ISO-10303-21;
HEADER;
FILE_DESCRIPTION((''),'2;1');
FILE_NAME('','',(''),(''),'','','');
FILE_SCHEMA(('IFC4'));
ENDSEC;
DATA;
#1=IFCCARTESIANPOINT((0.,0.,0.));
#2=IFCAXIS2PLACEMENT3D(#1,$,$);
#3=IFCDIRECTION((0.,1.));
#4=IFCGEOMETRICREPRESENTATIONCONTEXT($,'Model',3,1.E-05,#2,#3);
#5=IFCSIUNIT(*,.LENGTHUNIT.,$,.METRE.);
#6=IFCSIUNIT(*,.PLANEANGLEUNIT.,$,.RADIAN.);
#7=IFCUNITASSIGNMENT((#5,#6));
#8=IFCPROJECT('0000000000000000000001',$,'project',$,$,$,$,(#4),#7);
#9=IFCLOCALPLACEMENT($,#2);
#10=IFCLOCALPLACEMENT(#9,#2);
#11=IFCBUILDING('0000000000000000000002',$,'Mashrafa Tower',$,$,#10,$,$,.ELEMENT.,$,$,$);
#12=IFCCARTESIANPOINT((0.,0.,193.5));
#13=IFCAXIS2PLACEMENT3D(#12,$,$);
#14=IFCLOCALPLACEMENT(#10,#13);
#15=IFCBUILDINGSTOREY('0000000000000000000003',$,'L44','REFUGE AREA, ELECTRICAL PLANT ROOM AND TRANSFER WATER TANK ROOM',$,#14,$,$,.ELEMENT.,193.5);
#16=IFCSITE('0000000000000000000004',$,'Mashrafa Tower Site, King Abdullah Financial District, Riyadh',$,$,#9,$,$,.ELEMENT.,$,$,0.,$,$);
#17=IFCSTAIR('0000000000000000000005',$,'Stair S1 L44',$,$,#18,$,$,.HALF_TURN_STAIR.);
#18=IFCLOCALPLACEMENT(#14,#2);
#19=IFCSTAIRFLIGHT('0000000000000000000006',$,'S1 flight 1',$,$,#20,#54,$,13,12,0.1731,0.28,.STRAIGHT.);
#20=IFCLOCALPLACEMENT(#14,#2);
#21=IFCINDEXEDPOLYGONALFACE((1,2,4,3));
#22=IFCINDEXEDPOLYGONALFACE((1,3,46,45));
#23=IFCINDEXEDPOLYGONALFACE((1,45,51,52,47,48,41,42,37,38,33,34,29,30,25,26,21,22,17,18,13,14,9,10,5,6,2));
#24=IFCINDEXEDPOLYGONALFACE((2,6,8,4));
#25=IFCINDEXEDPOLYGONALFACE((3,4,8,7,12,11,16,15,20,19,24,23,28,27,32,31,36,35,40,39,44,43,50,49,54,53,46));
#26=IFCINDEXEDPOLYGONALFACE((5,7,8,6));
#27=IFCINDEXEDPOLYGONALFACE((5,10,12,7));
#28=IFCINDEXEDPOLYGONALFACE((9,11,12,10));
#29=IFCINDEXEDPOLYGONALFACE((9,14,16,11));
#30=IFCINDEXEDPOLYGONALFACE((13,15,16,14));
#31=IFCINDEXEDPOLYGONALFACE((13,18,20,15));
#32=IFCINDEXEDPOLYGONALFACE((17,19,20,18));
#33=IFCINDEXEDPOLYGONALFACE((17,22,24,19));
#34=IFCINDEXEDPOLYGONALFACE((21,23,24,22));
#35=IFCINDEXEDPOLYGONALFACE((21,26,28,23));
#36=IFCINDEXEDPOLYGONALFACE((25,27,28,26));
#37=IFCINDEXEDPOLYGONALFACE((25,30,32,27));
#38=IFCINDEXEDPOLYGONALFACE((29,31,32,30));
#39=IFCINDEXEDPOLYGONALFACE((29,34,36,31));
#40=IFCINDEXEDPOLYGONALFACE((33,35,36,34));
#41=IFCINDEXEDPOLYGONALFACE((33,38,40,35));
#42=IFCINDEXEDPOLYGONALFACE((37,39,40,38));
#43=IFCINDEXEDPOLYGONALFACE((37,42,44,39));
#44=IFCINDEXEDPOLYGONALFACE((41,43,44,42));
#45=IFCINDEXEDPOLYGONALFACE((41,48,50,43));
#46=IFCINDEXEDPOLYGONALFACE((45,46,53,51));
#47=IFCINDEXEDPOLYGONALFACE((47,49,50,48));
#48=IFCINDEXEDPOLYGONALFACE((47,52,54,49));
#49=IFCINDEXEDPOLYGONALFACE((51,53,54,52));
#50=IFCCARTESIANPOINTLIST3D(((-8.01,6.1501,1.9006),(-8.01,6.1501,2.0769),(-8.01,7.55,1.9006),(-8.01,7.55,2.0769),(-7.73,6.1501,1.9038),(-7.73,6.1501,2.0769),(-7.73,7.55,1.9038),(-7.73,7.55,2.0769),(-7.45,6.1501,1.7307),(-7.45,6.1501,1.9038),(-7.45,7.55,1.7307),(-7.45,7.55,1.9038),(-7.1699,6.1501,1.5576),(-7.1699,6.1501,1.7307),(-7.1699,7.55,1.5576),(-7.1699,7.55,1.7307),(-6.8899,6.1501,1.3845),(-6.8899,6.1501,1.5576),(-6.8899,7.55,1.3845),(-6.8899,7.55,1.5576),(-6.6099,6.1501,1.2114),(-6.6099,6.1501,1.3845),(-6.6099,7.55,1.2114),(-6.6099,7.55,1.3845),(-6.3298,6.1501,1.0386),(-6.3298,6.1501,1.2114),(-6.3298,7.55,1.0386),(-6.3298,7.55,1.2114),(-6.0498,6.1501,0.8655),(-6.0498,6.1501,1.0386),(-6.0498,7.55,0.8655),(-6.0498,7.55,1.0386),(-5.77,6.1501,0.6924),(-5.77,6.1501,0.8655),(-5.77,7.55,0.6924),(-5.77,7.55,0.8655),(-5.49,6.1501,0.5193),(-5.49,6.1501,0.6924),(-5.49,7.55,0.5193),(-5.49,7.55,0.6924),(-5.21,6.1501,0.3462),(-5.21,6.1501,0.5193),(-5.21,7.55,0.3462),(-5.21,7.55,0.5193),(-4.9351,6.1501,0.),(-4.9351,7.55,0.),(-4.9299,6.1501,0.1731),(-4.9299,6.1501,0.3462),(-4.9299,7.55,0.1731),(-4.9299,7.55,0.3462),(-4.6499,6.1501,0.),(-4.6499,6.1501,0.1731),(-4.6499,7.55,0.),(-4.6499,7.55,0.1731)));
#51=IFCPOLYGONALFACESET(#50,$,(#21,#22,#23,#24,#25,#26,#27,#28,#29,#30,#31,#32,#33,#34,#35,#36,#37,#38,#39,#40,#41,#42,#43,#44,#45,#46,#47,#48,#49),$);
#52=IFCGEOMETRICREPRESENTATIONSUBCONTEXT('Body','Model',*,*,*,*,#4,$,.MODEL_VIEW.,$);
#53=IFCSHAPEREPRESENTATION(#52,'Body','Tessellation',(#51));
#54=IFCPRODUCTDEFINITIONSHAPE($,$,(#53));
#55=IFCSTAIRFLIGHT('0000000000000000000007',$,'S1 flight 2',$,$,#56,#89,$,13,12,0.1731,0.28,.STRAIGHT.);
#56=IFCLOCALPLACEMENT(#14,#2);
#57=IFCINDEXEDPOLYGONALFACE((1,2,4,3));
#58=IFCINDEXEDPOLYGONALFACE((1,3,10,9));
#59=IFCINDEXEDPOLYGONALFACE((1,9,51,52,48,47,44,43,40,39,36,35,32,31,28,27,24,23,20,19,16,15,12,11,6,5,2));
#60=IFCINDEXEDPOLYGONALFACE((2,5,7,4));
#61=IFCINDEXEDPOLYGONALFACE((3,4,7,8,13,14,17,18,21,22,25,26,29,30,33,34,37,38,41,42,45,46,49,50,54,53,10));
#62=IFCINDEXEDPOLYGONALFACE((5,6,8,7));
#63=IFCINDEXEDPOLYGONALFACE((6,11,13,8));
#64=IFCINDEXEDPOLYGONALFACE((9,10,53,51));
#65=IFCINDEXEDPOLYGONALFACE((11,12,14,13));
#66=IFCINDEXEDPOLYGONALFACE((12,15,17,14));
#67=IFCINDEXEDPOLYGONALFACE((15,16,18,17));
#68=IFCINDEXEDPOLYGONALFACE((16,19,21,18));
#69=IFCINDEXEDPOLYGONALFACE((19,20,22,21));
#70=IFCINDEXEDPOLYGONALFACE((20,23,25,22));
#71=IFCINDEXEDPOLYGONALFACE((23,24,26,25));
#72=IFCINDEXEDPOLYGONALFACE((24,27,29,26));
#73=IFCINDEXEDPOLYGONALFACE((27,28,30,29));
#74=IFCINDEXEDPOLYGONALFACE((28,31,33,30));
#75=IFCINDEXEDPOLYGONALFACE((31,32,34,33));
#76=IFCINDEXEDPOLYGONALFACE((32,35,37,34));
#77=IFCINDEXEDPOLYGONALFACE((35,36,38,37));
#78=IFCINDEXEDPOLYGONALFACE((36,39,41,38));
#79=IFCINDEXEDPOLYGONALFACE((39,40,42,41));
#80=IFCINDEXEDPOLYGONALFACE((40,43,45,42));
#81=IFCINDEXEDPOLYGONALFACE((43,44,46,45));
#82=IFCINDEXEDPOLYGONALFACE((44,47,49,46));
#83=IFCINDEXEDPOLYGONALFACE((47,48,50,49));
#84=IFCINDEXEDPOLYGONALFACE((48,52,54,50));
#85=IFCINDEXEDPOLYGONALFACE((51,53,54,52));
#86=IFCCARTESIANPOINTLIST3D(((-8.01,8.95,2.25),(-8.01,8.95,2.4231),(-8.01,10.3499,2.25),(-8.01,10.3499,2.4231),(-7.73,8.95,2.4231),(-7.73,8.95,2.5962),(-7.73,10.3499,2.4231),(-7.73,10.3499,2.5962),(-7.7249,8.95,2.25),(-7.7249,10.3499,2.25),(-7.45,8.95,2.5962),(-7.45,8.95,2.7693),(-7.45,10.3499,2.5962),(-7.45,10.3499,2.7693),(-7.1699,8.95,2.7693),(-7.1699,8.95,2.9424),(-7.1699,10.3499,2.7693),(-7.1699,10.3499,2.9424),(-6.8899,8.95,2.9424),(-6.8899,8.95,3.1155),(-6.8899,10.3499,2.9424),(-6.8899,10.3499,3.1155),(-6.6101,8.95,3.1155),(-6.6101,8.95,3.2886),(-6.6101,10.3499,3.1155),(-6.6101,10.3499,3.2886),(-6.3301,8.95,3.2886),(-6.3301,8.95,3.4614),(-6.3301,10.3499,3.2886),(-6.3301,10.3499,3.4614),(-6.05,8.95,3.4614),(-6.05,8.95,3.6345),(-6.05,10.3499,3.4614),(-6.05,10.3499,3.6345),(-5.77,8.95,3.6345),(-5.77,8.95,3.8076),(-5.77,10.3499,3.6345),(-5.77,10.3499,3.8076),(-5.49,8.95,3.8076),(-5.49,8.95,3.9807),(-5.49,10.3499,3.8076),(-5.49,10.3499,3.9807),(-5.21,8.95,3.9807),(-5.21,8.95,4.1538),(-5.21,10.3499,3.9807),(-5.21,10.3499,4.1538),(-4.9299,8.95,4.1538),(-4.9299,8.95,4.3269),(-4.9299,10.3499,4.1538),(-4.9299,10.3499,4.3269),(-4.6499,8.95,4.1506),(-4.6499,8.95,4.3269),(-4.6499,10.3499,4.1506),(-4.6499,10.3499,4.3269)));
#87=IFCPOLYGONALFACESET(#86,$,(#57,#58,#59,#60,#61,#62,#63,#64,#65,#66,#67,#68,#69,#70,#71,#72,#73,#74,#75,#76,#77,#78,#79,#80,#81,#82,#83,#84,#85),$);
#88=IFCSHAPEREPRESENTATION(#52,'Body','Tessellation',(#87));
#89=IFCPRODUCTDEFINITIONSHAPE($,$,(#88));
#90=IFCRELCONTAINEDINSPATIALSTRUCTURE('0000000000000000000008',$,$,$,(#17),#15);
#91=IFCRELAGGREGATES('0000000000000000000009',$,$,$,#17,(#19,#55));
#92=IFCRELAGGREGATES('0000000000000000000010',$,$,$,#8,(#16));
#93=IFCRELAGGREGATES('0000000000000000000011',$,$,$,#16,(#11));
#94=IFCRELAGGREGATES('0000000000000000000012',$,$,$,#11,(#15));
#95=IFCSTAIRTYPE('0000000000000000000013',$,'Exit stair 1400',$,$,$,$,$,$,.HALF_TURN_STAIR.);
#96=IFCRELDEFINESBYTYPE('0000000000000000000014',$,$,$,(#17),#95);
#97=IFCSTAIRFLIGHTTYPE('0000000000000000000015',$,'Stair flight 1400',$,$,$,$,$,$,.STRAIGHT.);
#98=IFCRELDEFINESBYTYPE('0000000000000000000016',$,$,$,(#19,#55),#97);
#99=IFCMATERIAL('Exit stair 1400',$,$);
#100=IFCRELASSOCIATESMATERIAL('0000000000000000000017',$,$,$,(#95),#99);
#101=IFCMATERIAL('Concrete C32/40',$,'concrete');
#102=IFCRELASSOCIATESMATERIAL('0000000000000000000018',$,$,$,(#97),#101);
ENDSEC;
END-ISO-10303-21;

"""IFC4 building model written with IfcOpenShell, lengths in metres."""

from ifc_helpers import new_model, si_unit, direction, frame, origin, place, context, subcontext, project, spatial, polyline, outline, extrude, material, type_object, element, aggregate, save


model = new_model("IFC4")

# Units and contexts
model_context = context("Model", 3, precision=1e-05, world=origin(), true_north=direction((0.0, 1.0)))
body_context = subcontext(model_context, "Body", "Model", "MODEL_VIEW")
ifc_project = project(units=[si_unit("LENGTHUNIT", "METRE"), si_unit("PLANEANGLEUNIT", "RADIAN")], contexts=[model_context])

# Site, building, storey
site_placement = place(None, origin())
site = spatial("IfcSite", under=ifc_project, at=site_placement, Name="Mashrafa Tower Site, King Abdullah Financial District, Riyadh", CompositionType="ELEMENT", RefElevation=0.0)
building_placement = place(site_placement, origin())
building = spatial("IfcBuilding", under=site, at=building_placement, Name="Mashrafa Tower", CompositionType="ELEMENT")
storey_placement = place(building_placement, frame((0.0, 0.0, 193.5)))
storey = spatial("IfcBuildingStorey", under=building, at=storey_placement, Name="L44", Description="REFUGE AREA, ELECTRICAL PLANT ROOM AND TRANSFER WATER TANK ROOM", CompositionType="ELEMENT", Elevation=193.5)

# Stair, stair flights
ifc_material_1 = material(Name="Exit stair 1400")
stair_type = type_object("IfcStairType", Name="Exit stair 1400", PredefinedType="HALF_TURN_STAIR", material=ifc_material_1)
stair_placement = place(storey_placement, origin())
stair = element("IfcStair", 1, at=stair_placement, inside=storey, type_object=stair_type, Name="Stair S1 L44", PredefinedType="HALF_TURN_STAIR")
ifc_material_2 = material(Name="Concrete C32/40", Category="concrete")
stair_flight_type = type_object("IfcStairFlightType", Name="Stair flight 1400", PredefinedType="STRAIGHT", material=ifc_material_2)
stair_flight_1_placement = place(storey_placement, frame((-4.6499, 6.8501, 0.0), z_axis=(0.0, 0.0, 1.0), x_axis=(-1.0, 0.0, 0.0)))
stair_flight_1 = element("IfcStairFlight", 2, at=stair_flight_1_placement, type_object=stair_flight_type, Name="S1 flight 1", NumberOfRisers=13, NumberOfTreads=12, PredefinedType="STRAIGHT", RiserHeight=0.1731, TreadLength=0.28, context=body_context, shape_type="SweptSolid", body=[
    extrude(outline(polyline([(0.0, 0.0), (0.0, 0.1731), (0.28, 0.1731), (0.28, 0.3462), (0.5601, 0.3462), (0.5601, 0.5193), (0.8401, 0.5193), (0.8401, 0.6924), (1.1201, 0.6924), (1.1201, 0.8655), (1.3999, 0.8655), (1.3999, 1.0386), (1.6799, 1.0386), (1.6799, 1.2114), (1.96, 1.2114), (1.96, 1.3845), (2.24, 1.3845), (2.24, 1.5576), (2.52, 1.5576), (2.52, 1.7307), (2.8, 1.7307), (2.8, 1.9038), (3.0801, 1.9038), (3.0801, 2.0769), (3.3601, 2.0769), (3.3601, 2.25), (3.3601, 1.9006), (0.2852, 0.0), (0.0, 0.0)])), frame((0.0, 0.7, 0.0), z_axis=(0.0, -1.0, 0.0), x_axis=(1.0, 0.0, 0.0)), (0.0, 0.0, 1.0), 1.3999),
])
stair_flight_2_placement = place(storey_placement, frame((-8.01, 9.6499, 2.25), z_axis=(0.0, 0.0, 1.0), x_axis=(1.0, 0.0, 0.0)))
stair_flight_2 = element("IfcStairFlight", 3, at=stair_flight_2_placement, type_object=stair_flight_type, Name="S1 flight 2", NumberOfRisers=13, NumberOfTreads=12, PredefinedType="STRAIGHT", RiserHeight=0.1731, TreadLength=0.28, context=body_context, shape_type="SweptSolid", body=[
    extrude(outline(polyline([(0.0, 0.0), (0.0, 0.1731), (0.28, 0.1731), (0.28, 0.3462), (0.5601, 0.3462), (0.5601, 0.5193), (0.8401, 0.5193), (0.8401, 0.6924), (1.1201, 0.6924), (1.1201, 0.8655), (1.3999, 0.8655), (1.3999, 1.0386), (1.6799, 1.0386), (1.6799, 1.2114), (1.96, 1.2114), (1.96, 1.3845), (2.24, 1.3845), (2.24, 1.5576), (2.52, 1.5576), (2.52, 1.7307), (2.8, 1.7307), (2.8, 1.9038), (3.0801, 1.9038), (3.0801, 2.0769), (3.3601, 2.0769), (3.3601, 2.25), (3.3601, 1.9006), (0.2852, 0.0), (0.0, 0.0)])), frame((0.0, 0.7, 0.0), z_axis=(0.0, -1.0, 0.0), x_axis=(1.0, 0.0, 0.0)), (0.0, 0.0, 1.0), 1.3999),
])
aggregate(stair, [stair_flight_1, stair_flight_2])

save(model, "model.ifc")
